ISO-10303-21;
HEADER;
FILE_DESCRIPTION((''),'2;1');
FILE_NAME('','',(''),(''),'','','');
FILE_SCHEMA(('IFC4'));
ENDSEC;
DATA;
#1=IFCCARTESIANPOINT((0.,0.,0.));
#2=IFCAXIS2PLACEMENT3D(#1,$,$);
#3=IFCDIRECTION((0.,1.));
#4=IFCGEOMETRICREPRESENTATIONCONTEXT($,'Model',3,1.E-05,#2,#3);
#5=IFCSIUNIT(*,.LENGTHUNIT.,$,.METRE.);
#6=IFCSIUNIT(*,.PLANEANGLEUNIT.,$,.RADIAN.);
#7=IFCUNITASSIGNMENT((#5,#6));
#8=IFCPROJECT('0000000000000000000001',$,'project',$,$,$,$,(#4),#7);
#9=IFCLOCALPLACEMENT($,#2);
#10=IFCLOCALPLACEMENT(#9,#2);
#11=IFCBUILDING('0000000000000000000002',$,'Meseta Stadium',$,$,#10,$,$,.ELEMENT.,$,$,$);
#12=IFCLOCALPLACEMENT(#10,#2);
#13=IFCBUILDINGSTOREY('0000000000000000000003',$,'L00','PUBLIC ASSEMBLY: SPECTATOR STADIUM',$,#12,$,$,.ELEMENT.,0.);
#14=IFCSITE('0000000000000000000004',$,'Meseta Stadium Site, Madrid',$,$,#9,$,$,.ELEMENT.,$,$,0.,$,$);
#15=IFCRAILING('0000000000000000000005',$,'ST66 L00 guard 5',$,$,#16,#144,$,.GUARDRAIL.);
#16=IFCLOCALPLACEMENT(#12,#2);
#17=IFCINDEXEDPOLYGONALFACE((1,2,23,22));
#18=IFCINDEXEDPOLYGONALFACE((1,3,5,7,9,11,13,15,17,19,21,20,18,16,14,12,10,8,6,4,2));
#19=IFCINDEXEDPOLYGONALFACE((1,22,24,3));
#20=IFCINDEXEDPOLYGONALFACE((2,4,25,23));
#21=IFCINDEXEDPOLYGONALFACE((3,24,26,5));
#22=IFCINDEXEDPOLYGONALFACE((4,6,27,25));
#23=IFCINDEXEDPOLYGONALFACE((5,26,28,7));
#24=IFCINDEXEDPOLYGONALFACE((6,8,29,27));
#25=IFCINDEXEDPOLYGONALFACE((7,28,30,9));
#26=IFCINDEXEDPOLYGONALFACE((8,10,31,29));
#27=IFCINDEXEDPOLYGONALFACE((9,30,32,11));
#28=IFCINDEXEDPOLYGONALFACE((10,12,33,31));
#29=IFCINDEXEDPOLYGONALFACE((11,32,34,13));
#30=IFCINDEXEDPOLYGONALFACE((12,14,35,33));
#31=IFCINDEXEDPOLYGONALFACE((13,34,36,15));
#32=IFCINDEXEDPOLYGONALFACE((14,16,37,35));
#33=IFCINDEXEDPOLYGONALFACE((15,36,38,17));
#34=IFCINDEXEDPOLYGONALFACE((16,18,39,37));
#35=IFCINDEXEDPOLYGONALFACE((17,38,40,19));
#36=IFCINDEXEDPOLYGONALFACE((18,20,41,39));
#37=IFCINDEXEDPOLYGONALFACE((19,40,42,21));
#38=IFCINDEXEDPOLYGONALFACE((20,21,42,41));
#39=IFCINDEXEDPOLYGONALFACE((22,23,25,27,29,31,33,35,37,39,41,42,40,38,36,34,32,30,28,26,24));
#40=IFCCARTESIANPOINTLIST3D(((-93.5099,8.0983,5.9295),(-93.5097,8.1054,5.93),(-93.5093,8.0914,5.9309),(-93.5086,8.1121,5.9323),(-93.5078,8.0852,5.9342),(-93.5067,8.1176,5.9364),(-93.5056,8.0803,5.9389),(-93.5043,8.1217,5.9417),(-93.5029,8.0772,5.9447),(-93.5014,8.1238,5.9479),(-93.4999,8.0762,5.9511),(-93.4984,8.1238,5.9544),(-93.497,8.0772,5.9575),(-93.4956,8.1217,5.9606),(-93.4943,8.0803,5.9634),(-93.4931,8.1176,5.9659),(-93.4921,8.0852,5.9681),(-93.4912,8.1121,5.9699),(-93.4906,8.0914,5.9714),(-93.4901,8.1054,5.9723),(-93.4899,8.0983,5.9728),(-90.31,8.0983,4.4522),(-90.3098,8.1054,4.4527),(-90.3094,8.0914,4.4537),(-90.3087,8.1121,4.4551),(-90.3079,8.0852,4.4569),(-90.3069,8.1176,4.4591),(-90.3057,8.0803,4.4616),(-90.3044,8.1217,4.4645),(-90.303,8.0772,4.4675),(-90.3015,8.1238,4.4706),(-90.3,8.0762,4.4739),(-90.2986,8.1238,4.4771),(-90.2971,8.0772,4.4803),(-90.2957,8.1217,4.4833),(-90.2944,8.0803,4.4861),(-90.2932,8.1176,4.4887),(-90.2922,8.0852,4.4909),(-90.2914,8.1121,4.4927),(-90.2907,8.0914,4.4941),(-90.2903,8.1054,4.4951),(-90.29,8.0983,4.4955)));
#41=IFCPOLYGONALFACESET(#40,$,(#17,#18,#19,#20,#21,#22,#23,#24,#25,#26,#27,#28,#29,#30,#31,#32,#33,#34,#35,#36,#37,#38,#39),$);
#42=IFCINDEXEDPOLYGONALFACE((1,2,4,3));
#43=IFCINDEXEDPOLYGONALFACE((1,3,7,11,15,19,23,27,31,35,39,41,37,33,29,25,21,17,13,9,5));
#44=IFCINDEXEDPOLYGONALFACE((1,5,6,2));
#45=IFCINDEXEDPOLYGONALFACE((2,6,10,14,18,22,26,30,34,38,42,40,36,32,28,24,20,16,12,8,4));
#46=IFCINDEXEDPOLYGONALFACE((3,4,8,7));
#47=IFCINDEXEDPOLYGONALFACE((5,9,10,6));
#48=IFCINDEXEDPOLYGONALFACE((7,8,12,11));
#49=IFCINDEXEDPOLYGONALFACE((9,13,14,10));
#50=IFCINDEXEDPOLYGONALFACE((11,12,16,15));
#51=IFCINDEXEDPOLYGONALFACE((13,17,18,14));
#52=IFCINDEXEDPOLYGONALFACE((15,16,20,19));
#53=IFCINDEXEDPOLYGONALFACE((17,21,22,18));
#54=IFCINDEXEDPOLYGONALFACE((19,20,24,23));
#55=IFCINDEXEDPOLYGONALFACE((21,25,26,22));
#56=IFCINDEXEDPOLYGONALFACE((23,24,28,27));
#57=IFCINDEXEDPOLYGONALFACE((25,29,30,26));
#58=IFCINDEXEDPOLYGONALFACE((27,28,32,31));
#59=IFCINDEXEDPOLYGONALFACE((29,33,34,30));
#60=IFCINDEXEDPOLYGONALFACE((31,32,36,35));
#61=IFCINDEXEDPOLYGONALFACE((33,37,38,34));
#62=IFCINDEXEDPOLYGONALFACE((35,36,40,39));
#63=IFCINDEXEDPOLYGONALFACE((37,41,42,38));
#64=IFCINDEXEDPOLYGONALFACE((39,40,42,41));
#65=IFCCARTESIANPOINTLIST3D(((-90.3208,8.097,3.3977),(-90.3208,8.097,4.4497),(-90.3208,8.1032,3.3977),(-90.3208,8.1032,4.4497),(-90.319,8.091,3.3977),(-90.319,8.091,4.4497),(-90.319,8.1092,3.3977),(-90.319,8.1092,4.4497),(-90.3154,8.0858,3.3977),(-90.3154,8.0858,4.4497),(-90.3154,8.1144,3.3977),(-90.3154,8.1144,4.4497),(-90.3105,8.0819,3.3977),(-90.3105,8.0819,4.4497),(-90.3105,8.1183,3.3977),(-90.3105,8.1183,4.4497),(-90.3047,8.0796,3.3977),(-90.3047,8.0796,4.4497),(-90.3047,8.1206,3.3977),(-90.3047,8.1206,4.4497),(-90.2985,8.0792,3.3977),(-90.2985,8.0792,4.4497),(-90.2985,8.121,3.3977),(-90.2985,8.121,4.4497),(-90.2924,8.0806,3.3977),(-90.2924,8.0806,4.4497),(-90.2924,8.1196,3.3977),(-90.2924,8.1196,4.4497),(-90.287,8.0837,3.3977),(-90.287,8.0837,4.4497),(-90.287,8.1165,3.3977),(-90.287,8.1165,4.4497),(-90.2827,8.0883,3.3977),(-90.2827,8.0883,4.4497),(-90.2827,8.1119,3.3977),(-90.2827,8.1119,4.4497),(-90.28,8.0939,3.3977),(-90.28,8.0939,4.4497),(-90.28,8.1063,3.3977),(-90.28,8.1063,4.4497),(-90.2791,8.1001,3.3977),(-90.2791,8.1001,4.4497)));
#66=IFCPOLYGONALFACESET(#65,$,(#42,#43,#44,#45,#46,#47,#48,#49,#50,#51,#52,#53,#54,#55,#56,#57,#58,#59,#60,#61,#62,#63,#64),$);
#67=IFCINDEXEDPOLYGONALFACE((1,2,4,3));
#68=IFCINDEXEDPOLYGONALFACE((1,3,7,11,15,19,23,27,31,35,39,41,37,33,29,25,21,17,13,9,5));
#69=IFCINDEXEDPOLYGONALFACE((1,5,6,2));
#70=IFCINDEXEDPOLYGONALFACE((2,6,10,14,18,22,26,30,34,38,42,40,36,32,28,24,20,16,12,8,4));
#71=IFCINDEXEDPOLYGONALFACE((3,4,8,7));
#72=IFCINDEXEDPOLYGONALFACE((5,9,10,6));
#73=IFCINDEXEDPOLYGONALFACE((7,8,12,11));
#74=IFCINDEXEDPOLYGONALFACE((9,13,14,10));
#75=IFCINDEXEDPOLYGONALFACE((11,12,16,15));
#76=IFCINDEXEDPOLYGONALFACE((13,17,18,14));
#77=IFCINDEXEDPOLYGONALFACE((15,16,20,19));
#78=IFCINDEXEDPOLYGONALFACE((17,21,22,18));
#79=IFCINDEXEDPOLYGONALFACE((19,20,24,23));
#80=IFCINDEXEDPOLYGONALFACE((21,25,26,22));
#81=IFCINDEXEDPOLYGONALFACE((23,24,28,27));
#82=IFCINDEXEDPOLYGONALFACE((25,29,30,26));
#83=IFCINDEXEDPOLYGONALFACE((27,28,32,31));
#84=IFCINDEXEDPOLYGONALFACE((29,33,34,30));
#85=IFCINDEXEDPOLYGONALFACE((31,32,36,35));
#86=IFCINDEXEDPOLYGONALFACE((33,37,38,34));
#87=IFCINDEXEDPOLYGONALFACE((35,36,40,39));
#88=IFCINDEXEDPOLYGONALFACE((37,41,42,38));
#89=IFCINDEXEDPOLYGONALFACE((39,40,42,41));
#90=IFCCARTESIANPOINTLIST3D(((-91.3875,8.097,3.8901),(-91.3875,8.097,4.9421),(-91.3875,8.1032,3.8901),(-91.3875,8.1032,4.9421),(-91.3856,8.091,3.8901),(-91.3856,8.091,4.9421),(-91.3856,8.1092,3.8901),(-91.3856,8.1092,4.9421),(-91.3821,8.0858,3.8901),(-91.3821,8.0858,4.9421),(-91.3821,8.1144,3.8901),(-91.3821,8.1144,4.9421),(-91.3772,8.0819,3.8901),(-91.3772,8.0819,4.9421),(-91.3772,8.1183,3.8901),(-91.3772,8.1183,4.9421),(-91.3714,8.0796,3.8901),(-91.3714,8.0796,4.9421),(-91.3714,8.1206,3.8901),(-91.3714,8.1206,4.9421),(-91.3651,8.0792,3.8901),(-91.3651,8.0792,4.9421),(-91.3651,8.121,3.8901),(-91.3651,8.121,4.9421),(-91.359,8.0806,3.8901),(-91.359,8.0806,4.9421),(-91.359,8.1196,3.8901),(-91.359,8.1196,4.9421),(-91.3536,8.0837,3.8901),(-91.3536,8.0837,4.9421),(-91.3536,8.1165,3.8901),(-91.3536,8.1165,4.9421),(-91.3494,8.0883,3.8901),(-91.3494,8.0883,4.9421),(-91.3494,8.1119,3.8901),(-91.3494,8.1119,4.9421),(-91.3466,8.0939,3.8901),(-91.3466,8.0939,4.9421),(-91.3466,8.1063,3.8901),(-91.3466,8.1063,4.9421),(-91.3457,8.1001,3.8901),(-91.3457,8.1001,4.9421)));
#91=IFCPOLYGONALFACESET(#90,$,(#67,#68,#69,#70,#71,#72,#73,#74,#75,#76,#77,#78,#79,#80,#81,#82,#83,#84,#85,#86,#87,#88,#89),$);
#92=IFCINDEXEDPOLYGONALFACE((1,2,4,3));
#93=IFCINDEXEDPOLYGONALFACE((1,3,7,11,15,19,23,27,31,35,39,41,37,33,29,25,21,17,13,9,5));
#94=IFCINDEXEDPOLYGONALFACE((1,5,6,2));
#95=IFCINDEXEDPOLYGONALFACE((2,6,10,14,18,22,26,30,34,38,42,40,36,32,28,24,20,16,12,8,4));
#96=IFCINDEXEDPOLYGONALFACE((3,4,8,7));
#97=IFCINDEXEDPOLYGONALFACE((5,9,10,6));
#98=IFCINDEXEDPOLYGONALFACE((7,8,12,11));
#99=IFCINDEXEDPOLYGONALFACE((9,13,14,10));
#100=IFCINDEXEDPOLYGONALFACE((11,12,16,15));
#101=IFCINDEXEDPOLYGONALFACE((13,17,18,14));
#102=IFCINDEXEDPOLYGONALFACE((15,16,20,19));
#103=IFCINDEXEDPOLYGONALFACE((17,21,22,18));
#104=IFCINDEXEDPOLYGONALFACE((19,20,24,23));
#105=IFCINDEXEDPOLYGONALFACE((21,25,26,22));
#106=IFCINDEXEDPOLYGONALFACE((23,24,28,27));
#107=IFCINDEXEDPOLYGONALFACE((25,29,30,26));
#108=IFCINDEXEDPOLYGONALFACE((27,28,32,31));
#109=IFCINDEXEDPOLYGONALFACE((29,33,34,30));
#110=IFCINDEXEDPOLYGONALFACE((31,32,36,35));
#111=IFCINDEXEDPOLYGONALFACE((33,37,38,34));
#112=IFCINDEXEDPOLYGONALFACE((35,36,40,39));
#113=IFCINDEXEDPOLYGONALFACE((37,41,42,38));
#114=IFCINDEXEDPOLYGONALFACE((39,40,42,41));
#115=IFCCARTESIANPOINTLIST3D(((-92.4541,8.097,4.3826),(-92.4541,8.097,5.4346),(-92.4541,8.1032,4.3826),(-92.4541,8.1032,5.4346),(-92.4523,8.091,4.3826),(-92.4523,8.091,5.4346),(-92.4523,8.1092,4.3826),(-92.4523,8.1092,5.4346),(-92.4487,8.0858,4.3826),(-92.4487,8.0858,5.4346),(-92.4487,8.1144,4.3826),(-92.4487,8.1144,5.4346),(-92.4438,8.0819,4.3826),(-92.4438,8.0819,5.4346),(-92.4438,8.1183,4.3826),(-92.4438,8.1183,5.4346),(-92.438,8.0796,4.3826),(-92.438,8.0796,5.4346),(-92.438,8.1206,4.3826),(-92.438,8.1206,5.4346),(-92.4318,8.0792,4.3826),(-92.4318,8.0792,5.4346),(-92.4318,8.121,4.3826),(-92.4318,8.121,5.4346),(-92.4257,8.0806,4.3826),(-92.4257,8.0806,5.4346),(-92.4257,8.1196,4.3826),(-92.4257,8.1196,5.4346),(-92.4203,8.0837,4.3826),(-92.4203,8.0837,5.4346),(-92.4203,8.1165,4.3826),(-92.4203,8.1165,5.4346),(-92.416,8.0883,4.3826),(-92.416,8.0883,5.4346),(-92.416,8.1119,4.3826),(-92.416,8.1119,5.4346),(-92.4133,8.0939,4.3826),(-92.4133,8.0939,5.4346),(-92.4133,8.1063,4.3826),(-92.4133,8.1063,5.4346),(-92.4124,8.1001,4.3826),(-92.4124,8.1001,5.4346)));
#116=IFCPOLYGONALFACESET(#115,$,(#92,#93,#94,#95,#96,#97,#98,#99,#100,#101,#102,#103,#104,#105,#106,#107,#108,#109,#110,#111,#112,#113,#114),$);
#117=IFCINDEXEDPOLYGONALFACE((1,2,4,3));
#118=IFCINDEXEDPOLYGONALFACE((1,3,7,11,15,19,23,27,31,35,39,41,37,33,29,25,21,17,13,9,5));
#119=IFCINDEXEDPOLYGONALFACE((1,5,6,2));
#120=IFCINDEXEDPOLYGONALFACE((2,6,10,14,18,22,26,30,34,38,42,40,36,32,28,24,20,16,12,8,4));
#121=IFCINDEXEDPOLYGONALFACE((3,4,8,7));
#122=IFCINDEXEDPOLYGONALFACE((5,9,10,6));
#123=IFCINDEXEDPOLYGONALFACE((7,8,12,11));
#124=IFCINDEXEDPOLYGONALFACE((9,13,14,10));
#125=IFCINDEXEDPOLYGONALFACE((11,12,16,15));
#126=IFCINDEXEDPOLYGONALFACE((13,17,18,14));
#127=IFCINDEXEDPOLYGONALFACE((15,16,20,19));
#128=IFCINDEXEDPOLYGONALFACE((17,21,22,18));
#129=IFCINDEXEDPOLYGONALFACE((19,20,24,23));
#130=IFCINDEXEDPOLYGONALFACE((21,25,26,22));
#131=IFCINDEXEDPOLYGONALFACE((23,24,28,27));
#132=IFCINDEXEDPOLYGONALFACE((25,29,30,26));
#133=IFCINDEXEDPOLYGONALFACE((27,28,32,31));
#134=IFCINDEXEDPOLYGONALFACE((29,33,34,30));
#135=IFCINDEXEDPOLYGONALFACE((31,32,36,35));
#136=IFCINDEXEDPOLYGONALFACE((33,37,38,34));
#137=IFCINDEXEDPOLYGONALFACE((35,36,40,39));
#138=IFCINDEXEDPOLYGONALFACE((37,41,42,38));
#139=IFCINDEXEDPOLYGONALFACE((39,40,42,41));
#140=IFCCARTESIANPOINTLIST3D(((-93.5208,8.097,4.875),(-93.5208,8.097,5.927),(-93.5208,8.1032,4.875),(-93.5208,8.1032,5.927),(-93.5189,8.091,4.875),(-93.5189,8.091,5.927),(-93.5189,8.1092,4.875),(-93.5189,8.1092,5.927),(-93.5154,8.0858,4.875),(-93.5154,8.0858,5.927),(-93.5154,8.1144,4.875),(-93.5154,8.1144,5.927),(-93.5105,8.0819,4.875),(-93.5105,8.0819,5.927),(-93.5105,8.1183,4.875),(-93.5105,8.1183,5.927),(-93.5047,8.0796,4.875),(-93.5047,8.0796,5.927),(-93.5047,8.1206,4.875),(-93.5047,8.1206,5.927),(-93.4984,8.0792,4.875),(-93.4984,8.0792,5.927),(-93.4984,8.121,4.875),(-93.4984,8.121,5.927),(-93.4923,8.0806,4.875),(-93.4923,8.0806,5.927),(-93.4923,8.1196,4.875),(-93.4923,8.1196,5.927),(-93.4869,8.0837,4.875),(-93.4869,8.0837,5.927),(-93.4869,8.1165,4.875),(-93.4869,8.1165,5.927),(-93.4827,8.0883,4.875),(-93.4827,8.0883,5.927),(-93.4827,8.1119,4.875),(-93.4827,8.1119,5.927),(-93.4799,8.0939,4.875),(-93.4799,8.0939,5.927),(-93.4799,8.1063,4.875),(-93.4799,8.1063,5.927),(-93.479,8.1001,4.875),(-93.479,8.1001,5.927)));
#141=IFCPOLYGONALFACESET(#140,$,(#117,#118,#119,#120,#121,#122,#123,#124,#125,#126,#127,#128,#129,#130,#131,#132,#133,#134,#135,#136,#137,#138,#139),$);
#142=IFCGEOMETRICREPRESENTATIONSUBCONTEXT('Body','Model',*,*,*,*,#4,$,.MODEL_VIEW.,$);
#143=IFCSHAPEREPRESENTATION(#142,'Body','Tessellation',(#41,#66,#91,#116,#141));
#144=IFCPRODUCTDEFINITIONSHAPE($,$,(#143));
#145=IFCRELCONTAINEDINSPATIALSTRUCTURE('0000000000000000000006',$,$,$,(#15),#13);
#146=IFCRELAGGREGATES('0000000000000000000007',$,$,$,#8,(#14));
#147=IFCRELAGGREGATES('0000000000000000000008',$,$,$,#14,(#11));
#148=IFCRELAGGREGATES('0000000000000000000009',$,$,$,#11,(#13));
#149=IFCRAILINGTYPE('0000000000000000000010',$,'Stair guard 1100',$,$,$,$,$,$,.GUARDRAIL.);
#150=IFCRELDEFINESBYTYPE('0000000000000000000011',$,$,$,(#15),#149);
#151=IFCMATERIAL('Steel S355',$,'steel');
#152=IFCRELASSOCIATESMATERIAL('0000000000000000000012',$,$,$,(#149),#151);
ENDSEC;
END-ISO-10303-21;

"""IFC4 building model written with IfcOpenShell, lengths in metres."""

from ifc_helpers import new_model, si_unit, direction, frame, origin, origin_2d, place, context, subcontext, project, spatial, circle, extrude, material, type_object, element, save


model = new_model("IFC4")

# Units and contexts
model_context = context("Model", 3, precision=1e-05, world=origin(), true_north=direction((0.0, 1.0)))
body_context = subcontext(model_context, "Body", "Model", "MODEL_VIEW")
ifc_project = project(units=[si_unit("LENGTHUNIT", "METRE"), si_unit("PLANEANGLEUNIT", "RADIAN")], contexts=[model_context])

# Site, building, storey
site_placement = place(None, origin())
site = spatial("IfcSite", under=ifc_project, at=site_placement, Name="Meseta Stadium Site, Madrid", CompositionType="ELEMENT", RefElevation=0.0)
building_placement = place(site_placement, origin())
building = spatial("IfcBuilding", under=site, at=building_placement, Name="Meseta Stadium", CompositionType="ELEMENT")
storey_placement = place(building_placement, origin())
storey = spatial("IfcBuildingStorey", under=building, at=storey_placement, Name="L00", Description="PUBLIC ASSEMBLY: SPECTATOR STADIUM", CompositionType="ELEMENT", Elevation=0.0)

# Railing
ifc_material_1 = material(Name="Steel S355", Category="steel")
railing_type_1 = type_object("IfcRailingType", Name="Stair guard 1100", PredefinedType="GUARDRAIL", material=ifc_material_1)
railing_1_placement = place(storey_placement, frame((-90.3, 8.1001, 3.3977)))
element("IfcRailing", 1, at=railing_1_placement, inside=storey, type_object=railing_type_1, Name="ST66 L00 guard 5", PredefinedType="GUARDRAIL", context=body_context, shape_type="SweptSolid", body=[
    extrude(circle(Radius=0.0239, at=origin_2d()), frame((0.0, 0.0, 1.0762), z_axis=(-0.907917, 0.0, 0.41915), x_axis=(0.0, -1.0, 0.0)), (0.0, 0.0, 1.0), 3.5244),
    extrude(circle(Radius=0.021, at=origin_2d()), origin(), (0.0, 0.0, 1.0), 1.052),
    extrude(circle(Radius=0.021, at=origin_2d()), frame((-1.0667, 0.0, 0.4924)), (0.0, 0.0, 1.0), 1.052),
    extrude(circle(Radius=0.021, at=origin_2d()), frame((-2.1333, 0.0, 0.9849)), (0.0, 0.0, 1.0), 1.052),
    extrude(circle(Radius=0.021, at=origin_2d()), frame((-3.2, 0.0, 1.4773)), (0.0, 0.0, 1.0), 1.052),
])

save(model, "model.ifc")
